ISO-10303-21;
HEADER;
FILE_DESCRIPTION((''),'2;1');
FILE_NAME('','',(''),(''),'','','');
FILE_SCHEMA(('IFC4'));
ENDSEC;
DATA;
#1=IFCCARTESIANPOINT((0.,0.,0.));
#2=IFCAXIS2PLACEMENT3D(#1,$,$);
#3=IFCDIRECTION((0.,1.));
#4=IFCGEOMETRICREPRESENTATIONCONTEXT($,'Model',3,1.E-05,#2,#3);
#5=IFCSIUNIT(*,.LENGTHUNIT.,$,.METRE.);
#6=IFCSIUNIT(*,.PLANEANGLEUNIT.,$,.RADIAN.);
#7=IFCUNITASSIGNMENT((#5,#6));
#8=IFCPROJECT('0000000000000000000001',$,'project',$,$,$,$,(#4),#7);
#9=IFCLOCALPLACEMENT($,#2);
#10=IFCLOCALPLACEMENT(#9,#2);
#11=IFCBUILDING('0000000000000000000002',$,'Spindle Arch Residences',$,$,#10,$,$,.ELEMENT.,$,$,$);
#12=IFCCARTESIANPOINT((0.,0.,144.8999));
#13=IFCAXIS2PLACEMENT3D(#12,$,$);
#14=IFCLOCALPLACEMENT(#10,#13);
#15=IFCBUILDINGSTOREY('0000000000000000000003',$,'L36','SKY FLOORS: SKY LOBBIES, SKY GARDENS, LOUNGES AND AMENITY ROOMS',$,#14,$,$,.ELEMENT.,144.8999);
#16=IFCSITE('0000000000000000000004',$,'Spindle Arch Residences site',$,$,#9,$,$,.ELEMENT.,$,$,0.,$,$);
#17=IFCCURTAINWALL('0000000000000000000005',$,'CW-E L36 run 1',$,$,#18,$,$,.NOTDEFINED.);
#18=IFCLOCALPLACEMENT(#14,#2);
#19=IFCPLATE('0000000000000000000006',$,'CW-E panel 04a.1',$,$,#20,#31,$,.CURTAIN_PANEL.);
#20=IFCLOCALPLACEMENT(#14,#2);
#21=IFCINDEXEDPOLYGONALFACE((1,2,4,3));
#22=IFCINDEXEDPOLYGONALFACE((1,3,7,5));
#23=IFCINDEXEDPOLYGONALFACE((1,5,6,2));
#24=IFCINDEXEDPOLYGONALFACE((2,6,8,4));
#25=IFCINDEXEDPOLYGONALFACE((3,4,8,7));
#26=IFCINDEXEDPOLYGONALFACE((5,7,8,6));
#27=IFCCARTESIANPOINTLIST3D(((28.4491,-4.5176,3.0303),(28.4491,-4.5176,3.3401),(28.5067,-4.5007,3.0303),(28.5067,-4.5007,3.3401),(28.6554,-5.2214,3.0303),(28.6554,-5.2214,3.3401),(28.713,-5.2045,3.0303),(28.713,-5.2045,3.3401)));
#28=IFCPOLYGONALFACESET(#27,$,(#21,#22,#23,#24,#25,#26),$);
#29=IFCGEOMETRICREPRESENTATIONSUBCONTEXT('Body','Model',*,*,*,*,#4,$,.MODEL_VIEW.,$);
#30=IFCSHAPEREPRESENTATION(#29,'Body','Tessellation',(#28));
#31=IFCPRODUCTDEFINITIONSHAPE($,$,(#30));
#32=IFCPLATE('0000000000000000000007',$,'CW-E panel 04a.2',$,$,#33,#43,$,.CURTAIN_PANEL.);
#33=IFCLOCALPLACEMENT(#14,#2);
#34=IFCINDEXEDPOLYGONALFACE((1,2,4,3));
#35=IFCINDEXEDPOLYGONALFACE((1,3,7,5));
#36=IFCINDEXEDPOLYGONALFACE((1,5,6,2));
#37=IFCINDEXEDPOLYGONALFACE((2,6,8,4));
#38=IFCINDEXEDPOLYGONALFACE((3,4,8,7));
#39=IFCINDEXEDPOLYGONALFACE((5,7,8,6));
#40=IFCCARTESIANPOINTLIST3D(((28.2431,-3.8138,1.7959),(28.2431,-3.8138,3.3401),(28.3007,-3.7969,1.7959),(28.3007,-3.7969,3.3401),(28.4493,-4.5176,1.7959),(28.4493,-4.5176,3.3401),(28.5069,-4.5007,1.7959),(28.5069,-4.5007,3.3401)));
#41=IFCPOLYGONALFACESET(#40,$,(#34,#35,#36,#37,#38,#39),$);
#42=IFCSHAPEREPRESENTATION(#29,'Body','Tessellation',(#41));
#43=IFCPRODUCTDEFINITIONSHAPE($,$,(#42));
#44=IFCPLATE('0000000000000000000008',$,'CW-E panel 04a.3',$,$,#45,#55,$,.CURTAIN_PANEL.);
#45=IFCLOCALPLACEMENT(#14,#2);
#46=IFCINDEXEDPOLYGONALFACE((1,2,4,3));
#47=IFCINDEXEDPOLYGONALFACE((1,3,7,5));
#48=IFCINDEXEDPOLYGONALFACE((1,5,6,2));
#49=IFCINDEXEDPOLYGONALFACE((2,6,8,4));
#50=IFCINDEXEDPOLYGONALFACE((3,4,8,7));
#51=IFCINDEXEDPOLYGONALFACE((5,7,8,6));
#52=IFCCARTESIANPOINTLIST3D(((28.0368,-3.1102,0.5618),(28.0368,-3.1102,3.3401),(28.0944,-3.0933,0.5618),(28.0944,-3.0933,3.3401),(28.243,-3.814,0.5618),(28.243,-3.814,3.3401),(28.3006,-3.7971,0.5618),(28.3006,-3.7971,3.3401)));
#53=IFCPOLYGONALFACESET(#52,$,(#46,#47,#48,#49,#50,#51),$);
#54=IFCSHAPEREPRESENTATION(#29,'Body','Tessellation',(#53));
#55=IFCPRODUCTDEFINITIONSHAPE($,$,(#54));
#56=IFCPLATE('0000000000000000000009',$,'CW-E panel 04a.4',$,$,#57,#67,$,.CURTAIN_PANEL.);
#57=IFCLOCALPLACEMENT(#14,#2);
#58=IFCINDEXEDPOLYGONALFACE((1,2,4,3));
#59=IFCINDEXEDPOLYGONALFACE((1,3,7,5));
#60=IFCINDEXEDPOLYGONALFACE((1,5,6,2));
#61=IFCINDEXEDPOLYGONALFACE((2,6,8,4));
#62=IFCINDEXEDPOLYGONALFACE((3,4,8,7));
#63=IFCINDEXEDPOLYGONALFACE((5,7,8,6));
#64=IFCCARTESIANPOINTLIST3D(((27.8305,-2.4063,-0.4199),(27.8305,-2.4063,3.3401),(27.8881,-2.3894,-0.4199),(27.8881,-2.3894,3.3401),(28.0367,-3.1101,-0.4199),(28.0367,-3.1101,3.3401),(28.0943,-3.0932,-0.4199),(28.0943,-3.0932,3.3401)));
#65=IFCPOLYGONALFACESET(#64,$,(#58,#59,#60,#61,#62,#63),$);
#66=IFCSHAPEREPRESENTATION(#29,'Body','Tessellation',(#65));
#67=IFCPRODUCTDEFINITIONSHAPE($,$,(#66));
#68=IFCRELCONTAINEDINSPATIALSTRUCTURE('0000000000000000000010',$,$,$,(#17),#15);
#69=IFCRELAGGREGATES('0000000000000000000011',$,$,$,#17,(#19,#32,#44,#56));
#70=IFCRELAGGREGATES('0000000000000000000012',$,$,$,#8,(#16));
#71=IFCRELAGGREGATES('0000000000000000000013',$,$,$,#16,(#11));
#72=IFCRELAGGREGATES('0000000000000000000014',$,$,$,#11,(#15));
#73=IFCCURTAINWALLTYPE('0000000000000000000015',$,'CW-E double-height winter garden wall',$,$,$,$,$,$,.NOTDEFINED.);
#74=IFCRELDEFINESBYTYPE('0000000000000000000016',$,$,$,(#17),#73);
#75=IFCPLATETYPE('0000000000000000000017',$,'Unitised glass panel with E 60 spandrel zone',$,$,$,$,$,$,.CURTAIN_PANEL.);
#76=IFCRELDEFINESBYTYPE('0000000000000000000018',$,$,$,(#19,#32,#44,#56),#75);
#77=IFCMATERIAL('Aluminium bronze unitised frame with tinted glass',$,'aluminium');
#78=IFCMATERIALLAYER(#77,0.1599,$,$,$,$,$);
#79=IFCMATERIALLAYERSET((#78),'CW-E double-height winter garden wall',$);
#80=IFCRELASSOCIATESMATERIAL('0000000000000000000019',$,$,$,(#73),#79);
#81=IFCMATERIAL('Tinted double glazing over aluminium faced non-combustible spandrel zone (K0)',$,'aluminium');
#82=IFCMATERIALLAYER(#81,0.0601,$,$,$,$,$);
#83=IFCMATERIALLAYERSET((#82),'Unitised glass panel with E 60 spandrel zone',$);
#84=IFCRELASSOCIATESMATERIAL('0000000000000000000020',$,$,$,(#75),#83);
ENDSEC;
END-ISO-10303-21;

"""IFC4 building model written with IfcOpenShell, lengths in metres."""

from ifc_helpers import new_model, si_unit, direction, frame, origin, origin_2d, place, context, subcontext, project, spatial, rectangle, extrude, material, layer, layer_set, type_object, element, aggregate, save


model = new_model("IFC4")

# Units and contexts
model_context = context("Model", 3, precision=1e-05, world=origin(), true_north=direction((0.0, 1.0)))
body_context = subcontext(model_context, "Body", "Model", "MODEL_VIEW")
ifc_project = project(units=[si_unit("LENGTHUNIT", "METRE"), si_unit("PLANEANGLEUNIT", "RADIAN")], contexts=[model_context])

# Site, building, storey
site_placement = place(None, origin())
site = spatial("IfcSite", under=ifc_project, at=site_placement, Name="Spindle Arch Residences site", CompositionType="ELEMENT", RefElevation=0.0)
building_placement = place(site_placement, origin())
building = spatial("IfcBuilding", under=site, at=building_placement, Name="Spindle Arch Residences", CompositionType="ELEMENT")
storey_placement = place(building_placement, frame((0.0, 0.0, 144.8999)))
storey = spatial("IfcBuildingStorey", under=building, at=storey_placement, Name="L36", Description="SKY FLOORS: SKY LOBBIES, SKY GARDENS, LOUNGES AND AMENITY ROOMS", CompositionType="ELEMENT", Elevation=144.8999)

# Curtain wall, plates
ifc_material_1 = material(Name="Aluminium bronze unitised frame with tinted glass", Category="aluminium")
ifc_layer_1 = layer(ifc_material_1, 0.1599)
ifc_layer_set_1 = layer_set([ifc_layer_1], Name="CW-E double-height winter garden wall")
curtain_wall_type = type_object("IfcCurtainWallType", Name="CW-E double-height winter garden wall", PredefinedType="NOTDEFINED", material=ifc_layer_set_1)
curtain_wall_placement = place(storey_placement, origin())
curtain_wall = element("IfcCurtainWall", 1, at=curtain_wall_placement, inside=storey, type_object=curtain_wall_type, Name="CW-E L36 run 1", PredefinedType="NOTDEFINED")
ifc_material_2 = material(Name="Tinted double glazing over aluminium faced non-combustible spandrel zone (K0)", Category="aluminium")
ifc_layer_2 = layer(ifc_material_2, 0.0601)
ifc_layer_set_2 = layer_set([ifc_layer_2], Name="Unitised glass panel with E 60 spandrel zone")
plate_type_1 = type_object("IfcPlateType", Name="Unitised glass panel with E 60 spandrel zone", PredefinedType="CURTAIN_PANEL", material=ifc_layer_set_2)
plate_1_placement = place(storey_placement, frame((28.5811, -4.8611, 3.0303), z_axis=(0.0, 0.0, 1.0), x_axis=(-0.281225, 0.959642, 0.0)))
plate_1 = element("IfcPlate", 2, at=plate_1_placement, type_object=plate_type_1, Name="CW-E panel 04a.1", PredefinedType="CURTAIN_PANEL", context=body_context, shape_type="SweptSolid", body=[
    extrude(rectangle(XDim=0.7334, YDim=0.0601, at=origin_2d()), origin(), (0.0, 0.0, 1.0), 0.3098),
])
plate_2_placement = place(storey_placement, frame((28.375, -4.1572, 1.7959), z_axis=(0.0, 0.0, 1.0), x_axis=(-0.281225, 0.959642, 0.0)))
plate_2 = element("IfcPlate", 3, at=plate_2_placement, type_object=plate_type_1, Name="CW-E panel 04a.2", PredefinedType="CURTAIN_PANEL", context=body_context, shape_type="SweptSolid", body=[
    extrude(rectangle(XDim=0.7334, YDim=0.0601, at=origin_2d()), origin(), (0.0, 0.0, 1.0), 1.5442),
])
plate_3_placement = place(storey_placement, frame((28.1687, -3.4536, 0.5618), z_axis=(0.0, 0.0, 1.0), x_axis=(-0.281225, 0.959642, 0.0)))
plate_3 = element("IfcPlate", 4, at=plate_3_placement, type_object=plate_type_1, Name="CW-E panel 04a.3", PredefinedType="CURTAIN_PANEL", context=body_context, shape_type="SweptSolid", body=[
    extrude(rectangle(XDim=0.7334, YDim=0.0601, at=origin_2d()), origin(), (0.0, 0.0, 1.0), 2.7783),
])
plate_4_placement = place(storey_placement, frame((27.9624, -2.7498, -0.4199), z_axis=(0.0, 0.0, 1.0), x_axis=(-0.281225, 0.959642, 0.0)))
plate_4 = element("IfcPlate", 5, at=plate_4_placement, type_object=plate_type_1, Name="CW-E panel 04a.4", PredefinedType="CURTAIN_PANEL", context=body_context, shape_type="SweptSolid", body=[
    extrude(rectangle(XDim=0.7334, YDim=0.0601, at=origin_2d()), origin(), (0.0, 0.0, 1.0), 3.76),
])
aggregate(curtain_wall, [plate_1, plate_2, plate_3, plate_4])

save(model, "model.ifc")
